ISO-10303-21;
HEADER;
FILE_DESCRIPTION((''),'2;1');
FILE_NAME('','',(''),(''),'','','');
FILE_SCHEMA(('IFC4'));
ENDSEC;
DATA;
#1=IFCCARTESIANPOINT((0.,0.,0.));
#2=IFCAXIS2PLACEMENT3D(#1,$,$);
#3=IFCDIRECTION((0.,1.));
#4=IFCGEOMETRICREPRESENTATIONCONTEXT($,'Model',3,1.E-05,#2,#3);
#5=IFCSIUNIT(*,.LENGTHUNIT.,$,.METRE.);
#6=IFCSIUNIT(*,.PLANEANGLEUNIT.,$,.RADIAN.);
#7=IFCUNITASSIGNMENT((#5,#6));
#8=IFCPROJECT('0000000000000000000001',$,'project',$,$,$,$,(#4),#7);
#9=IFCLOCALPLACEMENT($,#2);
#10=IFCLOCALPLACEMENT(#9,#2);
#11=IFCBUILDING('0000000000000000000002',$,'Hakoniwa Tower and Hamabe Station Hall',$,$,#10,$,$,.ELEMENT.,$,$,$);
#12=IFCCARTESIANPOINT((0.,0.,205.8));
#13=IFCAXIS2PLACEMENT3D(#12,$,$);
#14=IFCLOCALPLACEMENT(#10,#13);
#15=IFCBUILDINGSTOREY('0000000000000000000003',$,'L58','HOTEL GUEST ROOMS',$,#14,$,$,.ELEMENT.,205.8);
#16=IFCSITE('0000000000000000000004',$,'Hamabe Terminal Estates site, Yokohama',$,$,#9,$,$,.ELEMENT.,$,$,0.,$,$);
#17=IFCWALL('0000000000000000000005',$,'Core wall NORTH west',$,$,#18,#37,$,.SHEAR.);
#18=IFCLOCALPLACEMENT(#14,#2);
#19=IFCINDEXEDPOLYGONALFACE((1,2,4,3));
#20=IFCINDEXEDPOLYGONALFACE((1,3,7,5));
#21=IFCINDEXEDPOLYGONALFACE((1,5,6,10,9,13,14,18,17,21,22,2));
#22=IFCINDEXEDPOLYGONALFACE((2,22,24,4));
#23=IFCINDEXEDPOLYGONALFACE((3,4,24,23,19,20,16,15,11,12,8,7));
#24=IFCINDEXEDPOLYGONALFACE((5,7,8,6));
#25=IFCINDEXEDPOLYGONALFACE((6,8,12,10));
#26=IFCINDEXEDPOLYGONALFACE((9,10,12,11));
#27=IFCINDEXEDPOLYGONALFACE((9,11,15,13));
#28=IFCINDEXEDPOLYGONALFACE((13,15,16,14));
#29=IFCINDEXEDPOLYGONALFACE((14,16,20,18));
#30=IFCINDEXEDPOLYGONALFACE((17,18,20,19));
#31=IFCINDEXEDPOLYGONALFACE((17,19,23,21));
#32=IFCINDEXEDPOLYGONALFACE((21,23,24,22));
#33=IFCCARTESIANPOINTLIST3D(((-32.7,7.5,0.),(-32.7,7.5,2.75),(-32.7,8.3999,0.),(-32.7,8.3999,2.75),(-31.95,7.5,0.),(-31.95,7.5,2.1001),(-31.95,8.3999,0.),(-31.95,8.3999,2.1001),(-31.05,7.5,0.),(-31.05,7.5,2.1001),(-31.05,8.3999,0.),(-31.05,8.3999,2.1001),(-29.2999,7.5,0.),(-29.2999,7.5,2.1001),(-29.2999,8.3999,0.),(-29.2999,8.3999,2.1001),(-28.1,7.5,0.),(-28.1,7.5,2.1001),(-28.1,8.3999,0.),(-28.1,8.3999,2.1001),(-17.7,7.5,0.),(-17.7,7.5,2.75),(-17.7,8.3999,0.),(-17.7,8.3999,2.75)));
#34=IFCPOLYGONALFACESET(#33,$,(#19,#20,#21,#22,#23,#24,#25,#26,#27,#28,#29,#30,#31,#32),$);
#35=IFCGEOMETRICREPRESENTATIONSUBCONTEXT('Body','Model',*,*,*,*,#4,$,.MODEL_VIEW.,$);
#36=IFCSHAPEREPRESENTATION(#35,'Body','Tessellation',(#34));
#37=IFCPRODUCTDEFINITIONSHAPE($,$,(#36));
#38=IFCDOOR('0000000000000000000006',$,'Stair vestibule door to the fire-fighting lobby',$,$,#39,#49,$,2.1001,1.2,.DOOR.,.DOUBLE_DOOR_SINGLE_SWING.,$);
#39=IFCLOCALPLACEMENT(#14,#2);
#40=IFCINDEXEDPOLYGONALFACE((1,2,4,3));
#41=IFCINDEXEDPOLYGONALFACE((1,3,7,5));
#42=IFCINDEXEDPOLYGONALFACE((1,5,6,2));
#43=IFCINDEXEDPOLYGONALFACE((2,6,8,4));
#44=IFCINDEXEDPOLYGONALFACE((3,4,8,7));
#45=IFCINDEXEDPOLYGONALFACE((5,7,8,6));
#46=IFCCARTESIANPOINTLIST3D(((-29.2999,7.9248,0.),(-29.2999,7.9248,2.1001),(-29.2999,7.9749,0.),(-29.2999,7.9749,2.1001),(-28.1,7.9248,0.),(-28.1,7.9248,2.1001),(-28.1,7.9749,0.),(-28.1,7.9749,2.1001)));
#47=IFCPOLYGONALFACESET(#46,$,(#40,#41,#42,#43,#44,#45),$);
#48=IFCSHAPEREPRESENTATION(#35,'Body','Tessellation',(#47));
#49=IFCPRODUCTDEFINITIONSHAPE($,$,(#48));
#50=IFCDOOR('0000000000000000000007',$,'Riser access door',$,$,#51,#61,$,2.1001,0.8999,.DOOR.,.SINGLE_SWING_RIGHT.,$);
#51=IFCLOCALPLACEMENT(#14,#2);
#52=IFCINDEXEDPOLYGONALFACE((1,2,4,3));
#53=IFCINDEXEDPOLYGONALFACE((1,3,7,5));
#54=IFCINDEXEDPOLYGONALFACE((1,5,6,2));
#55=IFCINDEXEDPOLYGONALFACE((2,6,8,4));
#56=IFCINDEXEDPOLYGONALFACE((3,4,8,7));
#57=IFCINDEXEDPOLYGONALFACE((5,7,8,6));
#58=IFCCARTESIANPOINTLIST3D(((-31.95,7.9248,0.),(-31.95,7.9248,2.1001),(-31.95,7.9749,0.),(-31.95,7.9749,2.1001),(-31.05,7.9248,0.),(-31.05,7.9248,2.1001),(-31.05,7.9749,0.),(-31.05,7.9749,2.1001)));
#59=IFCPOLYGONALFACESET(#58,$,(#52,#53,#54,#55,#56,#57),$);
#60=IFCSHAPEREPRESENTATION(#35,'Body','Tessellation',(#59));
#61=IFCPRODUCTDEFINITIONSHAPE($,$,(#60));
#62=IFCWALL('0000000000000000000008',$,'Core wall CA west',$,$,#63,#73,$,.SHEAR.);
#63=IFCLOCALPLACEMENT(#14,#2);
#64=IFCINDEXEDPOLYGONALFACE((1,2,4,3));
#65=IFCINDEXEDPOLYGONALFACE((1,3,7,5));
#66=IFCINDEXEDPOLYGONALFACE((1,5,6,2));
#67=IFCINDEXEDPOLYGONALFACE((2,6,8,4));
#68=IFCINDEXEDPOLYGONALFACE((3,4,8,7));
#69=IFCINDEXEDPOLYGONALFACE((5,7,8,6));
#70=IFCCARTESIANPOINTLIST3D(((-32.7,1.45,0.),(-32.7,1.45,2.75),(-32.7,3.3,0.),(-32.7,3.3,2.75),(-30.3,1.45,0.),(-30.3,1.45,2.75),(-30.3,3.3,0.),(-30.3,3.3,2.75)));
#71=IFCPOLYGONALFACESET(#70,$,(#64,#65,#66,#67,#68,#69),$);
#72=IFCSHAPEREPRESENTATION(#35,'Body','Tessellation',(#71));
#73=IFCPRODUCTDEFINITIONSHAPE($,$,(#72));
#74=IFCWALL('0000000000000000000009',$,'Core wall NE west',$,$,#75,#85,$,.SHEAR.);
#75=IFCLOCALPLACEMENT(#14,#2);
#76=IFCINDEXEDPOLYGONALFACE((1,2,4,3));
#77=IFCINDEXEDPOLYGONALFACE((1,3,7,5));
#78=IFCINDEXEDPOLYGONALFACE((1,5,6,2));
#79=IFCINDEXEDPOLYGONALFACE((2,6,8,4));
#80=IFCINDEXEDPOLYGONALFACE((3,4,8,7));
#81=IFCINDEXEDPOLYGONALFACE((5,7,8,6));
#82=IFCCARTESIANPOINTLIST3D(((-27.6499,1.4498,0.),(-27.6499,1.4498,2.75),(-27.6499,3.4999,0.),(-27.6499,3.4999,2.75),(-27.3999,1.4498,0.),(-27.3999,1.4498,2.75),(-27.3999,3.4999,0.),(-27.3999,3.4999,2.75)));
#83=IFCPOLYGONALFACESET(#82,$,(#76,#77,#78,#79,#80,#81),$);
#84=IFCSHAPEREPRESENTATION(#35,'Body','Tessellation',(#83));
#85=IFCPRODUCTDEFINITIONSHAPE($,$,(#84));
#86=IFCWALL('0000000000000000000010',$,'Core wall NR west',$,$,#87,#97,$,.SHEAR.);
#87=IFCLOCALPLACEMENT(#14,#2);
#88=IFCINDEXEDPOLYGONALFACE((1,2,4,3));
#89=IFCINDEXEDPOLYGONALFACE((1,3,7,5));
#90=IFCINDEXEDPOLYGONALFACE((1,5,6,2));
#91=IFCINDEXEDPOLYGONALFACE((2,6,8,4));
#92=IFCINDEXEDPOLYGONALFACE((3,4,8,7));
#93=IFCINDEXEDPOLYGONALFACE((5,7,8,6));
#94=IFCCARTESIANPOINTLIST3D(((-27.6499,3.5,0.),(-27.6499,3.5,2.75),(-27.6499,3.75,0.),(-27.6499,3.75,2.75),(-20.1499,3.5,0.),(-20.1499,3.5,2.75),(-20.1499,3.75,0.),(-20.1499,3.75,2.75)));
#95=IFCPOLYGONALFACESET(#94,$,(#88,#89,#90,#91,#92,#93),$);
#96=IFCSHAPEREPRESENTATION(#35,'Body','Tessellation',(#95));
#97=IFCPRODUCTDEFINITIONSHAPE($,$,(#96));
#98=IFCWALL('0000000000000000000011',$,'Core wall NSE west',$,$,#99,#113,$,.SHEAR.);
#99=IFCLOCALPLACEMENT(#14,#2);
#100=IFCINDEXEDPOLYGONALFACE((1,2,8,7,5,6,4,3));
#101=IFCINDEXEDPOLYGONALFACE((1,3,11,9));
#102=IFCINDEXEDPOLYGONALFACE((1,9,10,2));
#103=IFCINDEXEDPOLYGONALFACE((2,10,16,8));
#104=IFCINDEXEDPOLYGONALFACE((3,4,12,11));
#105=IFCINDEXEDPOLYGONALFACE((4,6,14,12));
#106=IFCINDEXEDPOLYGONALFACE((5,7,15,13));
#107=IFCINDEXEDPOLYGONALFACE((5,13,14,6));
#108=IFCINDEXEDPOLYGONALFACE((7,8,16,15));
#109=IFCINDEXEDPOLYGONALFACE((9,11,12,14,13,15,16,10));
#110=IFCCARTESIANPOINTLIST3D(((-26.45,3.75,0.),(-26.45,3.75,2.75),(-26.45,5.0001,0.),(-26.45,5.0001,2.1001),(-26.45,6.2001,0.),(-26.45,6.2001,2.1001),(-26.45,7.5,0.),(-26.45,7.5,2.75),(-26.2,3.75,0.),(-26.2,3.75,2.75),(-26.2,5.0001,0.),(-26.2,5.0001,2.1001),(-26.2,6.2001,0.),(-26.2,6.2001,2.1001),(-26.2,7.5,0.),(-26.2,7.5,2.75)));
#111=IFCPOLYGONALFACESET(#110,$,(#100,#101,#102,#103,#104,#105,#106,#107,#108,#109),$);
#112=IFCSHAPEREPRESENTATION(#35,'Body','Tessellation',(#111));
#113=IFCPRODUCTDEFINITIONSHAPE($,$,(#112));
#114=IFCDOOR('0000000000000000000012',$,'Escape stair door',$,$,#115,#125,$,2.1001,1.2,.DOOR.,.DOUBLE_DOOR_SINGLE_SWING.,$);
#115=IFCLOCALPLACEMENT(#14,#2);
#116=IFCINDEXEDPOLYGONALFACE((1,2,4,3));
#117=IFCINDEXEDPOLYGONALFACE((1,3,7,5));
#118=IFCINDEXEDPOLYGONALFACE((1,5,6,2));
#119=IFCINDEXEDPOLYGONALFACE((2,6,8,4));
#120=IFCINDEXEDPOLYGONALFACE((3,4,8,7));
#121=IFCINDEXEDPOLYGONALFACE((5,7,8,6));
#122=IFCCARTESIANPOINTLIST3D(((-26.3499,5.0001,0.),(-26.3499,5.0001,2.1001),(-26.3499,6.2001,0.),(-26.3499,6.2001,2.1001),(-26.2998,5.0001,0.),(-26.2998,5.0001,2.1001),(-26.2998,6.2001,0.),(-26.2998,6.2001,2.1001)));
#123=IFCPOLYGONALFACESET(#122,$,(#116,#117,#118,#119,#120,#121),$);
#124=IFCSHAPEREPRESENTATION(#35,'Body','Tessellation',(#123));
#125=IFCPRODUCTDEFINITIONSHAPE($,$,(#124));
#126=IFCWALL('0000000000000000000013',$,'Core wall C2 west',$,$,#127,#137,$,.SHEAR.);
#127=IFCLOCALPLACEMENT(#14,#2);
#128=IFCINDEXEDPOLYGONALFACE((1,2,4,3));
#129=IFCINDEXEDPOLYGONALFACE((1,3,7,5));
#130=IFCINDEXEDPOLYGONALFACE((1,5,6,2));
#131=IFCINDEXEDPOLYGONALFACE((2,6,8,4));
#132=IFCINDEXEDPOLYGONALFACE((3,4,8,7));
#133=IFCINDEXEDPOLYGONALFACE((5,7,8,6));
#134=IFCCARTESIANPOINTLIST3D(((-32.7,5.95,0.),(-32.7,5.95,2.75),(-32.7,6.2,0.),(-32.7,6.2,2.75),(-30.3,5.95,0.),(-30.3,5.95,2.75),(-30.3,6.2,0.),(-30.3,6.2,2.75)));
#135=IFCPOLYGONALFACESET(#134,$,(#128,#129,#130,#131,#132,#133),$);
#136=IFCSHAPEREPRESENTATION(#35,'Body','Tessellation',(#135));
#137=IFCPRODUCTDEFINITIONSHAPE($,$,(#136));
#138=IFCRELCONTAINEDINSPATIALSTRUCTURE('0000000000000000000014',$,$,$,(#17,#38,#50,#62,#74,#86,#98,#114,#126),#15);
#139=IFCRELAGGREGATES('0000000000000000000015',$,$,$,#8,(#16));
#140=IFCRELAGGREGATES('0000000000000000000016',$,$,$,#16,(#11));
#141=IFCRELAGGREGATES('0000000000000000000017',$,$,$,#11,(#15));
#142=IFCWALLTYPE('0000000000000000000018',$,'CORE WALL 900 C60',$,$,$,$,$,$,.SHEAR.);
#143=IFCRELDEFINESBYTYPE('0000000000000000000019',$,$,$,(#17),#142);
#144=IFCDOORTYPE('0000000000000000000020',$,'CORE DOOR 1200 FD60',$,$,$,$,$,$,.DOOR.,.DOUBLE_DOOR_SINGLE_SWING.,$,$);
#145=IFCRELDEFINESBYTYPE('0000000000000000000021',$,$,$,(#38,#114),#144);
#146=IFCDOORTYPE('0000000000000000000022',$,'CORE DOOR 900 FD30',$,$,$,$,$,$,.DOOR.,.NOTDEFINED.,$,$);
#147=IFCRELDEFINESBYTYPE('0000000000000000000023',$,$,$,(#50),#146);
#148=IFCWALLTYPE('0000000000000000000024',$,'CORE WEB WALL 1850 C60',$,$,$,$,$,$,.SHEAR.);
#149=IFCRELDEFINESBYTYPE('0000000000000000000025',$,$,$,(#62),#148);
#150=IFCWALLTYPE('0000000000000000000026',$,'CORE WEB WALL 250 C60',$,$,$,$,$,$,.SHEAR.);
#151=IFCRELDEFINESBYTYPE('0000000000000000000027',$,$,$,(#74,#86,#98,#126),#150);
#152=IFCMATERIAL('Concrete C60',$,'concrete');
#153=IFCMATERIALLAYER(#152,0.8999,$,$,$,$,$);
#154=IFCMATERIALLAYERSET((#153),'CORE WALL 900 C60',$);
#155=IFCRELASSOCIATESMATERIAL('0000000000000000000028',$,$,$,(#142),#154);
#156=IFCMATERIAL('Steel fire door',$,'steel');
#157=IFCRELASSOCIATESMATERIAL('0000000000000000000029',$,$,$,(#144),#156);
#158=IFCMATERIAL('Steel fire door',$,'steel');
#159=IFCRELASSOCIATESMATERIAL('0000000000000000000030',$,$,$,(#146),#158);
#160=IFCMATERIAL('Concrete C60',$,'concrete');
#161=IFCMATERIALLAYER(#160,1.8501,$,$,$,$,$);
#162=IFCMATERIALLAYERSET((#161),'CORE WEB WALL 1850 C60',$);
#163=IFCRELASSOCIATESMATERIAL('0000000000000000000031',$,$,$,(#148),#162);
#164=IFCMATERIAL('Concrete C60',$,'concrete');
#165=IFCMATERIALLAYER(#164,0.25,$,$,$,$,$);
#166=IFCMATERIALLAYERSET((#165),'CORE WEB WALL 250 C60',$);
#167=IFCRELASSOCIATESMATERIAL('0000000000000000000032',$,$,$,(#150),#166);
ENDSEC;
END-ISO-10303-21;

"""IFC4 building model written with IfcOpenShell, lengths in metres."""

from ifc_helpers import new_model, si_unit, direction, frame, frame_2d, origin, place, context, subcontext, project, spatial, rectangle, extrude, material, layer, layer_set, type_object, element, fill, save


model = new_model("IFC4")

# Units and contexts
model_context = context("Model", 3, precision=1e-05, world=origin(), true_north=direction((0.0, 1.0)))
body_context = subcontext(model_context, "Body", "Model", "MODEL_VIEW")
ifc_project = project(units=[si_unit("LENGTHUNIT", "METRE"), si_unit("PLANEANGLEUNIT", "RADIAN")], contexts=[model_context])

# Site, building, storey
site_placement = place(None, origin())
site = spatial("IfcSite", under=ifc_project, at=site_placement, Name="Hamabe Terminal Estates site, Yokohama", CompositionType="ELEMENT", RefElevation=0.0)
building_placement = place(site_placement, origin())
building = spatial("IfcBuilding", under=site, at=building_placement, Name="Hakoniwa Tower and Hamabe Station Hall", CompositionType="ELEMENT")
storey_placement = place(building_placement, frame((0.0, 0.0, 205.8)))
storey = spatial("IfcBuildingStorey", under=building, at=storey_placement, Name="L58", Description="HOTEL GUEST ROOMS", CompositionType="ELEMENT", Elevation=205.8)

# Wall, openings, doors
ifc_material_1 = material(Name="Concrete C60", Category="concrete")
ifc_layer_1 = layer(ifc_material_1, 0.8999)
ifc_layer_set_1 = layer_set([ifc_layer_1], Name="CORE WALL 900 C60")
wall_type_1 = type_object("IfcWallType", Name="CORE WALL 900 C60", PredefinedType="SHEAR", material=ifc_layer_set_1)
wall_1_placement = place(storey_placement, frame((-32.7, 7.95, 0.0), z_axis=(0.0, 0.0, 1.0), x_axis=(1.0, 0.0, 0.0)))
wall_1 = element("IfcWall", 1, at=wall_1_placement, inside=storey, type_object=wall_type_1, Name="Core wall NORTH west", PredefinedType="SHEAR", context=body_context, shape_type="SweptSolid", body=[
    extrude(rectangle(XDim=15.0, YDim=0.8999, at=frame_2d((7.5, 0.0))), origin(), (0.0, 0.0, 1.0), 2.75),
])
opening_1_placement = place(wall_1_placement, frame((3.3999, 0.0, 0.0)))
opening_1 = element("IfcOpeningElement", 2, at=opening_1_placement, cuts=wall_1, PredefinedType="OPENING", context=body_context, shape_type="SweptSolid", body=[
    extrude(rectangle(XDim=1.2, YDim=2.1001, at=frame_2d((0.6001, 1.05))), frame((0.0, 0.46, 0.0), z_axis=(0.0, -1.0, 0.0), x_axis=(1.0, 0.0, 0.0)), (0.0, 0.0, 1.0), 0.9199),
])
opening_2_placement = place(wall_1_placement, frame((0.75, 0.0, 0.0)))
opening_2 = element("IfcOpeningElement", 3, at=opening_2_placement, cuts=wall_1, PredefinedType="OPENING", context=body_context, shape_type="SweptSolid", body=[
    extrude(rectangle(XDim=0.8999, YDim=2.1001, at=frame_2d((0.45, 1.05))), frame((0.0, 0.46, 0.0), z_axis=(0.0, -1.0, 0.0), x_axis=(1.0, 0.0, 0.0)), (0.0, 0.0, 1.0), 0.9199),
])
ifc_material_2 = material(Name="Steel fire door", Category="steel")
door_type_1 = type_object("IfcDoorType", Name="CORE DOOR 1200 FD60", OperationType="DOUBLE_DOOR_SINGLE_SWING", PredefinedType="DOOR", material=ifc_material_2)
door_1_placement = place(opening_1_placement, origin())
door_1 = element("IfcDoor", 4, at=door_1_placement, inside=storey, type_object=door_type_1, Name="Stair vestibule door to the fire-fighting lobby", OperationType="DOUBLE_DOOR_SINGLE_SWING", OverallHeight=2.1001, OverallWidth=1.2, PredefinedType="DOOR", context=body_context, shape_type="SweptSolid", body=[
    extrude(rectangle(XDim=1.2, YDim=2.1001, at=frame_2d((0.6001, 1.05))), frame((0.0, 0.0249, 0.0), z_axis=(0.0, -1.0, 0.0), x_axis=(1.0, 0.0, 0.0)), (0.0, 0.0, 1.0), 0.05),
])
fill(opening_1, door_1)
ifc_material_3 = material(Name="Steel fire door", Category="steel")
door_type_2 = type_object("IfcDoorType", Name="CORE DOOR 900 FD30", OperationType="NOTDEFINED", PredefinedType="DOOR", material=ifc_material_3)
door_2_placement = place(opening_2_placement, origin())
door_2 = element("IfcDoor", 5, at=door_2_placement, inside=storey, type_object=door_type_2, Name="Riser access door", OperationType="SINGLE_SWING_RIGHT", OverallHeight=2.1001, OverallWidth=0.8999, PredefinedType="DOOR", context=body_context, shape_type="SweptSolid", body=[
    extrude(rectangle(XDim=0.8999, YDim=2.1001, at=frame_2d((0.45, 1.05))), frame((0.0, 0.0249, 0.0), z_axis=(0.0, -1.0, 0.0), x_axis=(1.0, 0.0, 0.0)), (0.0, 0.0, 1.0), 0.05),
])
fill(opening_2, door_2)

# Walls
ifc_material_4 = material(Name="Concrete C60", Category="concrete")
ifc_layer_2 = layer(ifc_material_4, 1.8501)
ifc_layer_set_2 = layer_set([ifc_layer_2], Name="CORE WEB WALL 1850 C60")
wall_type_2 = type_object("IfcWallType", Name="CORE WEB WALL 1850 C60", PredefinedType="SHEAR", material=ifc_layer_set_2)
wall_2_placement = place(storey_placement, frame((-32.7, 2.375, 0.0), z_axis=(0.0, 0.0, 1.0), x_axis=(1.0, 0.0, 0.0)))
element("IfcWall", 6, at=wall_2_placement, inside=storey, type_object=wall_type_2, Name="Core wall CA west", PredefinedType="SHEAR", context=body_context, shape_type="SweptSolid", body=[
    extrude(rectangle(XDim=2.3999, YDim=1.8501, at=frame_2d((1.2, 0.0))), origin(), (0.0, 0.0, 1.0), 2.75),
])
ifc_material_5 = material(Name="Concrete C60", Category="concrete")
ifc_layer_3 = layer(ifc_material_5, 0.25)
ifc_layer_set_3 = layer_set([ifc_layer_3], Name="CORE WEB WALL 250 C60")
wall_type_3 = type_object("IfcWallType", Name="CORE WEB WALL 250 C60", PredefinedType="SHEAR", material=ifc_layer_set_3)
wall_3_placement = place(storey_placement, frame((-27.5249, 1.45, 0.0), z_axis=(0.0, 0.0, 1.0), x_axis=(0.0, 1.0, 0.0)))
element("IfcWall", 7, at=wall_3_placement, inside=storey, type_object=wall_type_3, Name="Core wall NE west", PredefinedType="SHEAR", context=body_context, shape_type="SweptSolid", body=[
    extrude(rectangle(XDim=2.05, YDim=0.25, at=frame_2d((1.0249, 0.0))), origin(), (0.0, 0.0, 1.0), 2.75),
])
wall_4_placement = place(storey_placement, frame((-27.6499, 3.625, 0.0), z_axis=(0.0, 0.0, 1.0), x_axis=(1.0, 0.0, 0.0)))
element("IfcWall", 8, at=wall_4_placement, inside=storey, type_object=wall_type_3, Name="Core wall NR west", PredefinedType="SHEAR", context=body_context, shape_type="SweptSolid", body=[
    extrude(rectangle(XDim=7.5, YDim=0.25, at=frame_2d((3.75, 0.0))), origin(), (0.0, 0.0, 1.0), 2.75),
])

# Wall, opening, door
wall_5_placement = place(storey_placement, frame((-26.325, 3.75, 0.0), z_axis=(0.0, 0.0, 1.0), x_axis=(0.0, 1.0, 0.0)))
wall_5 = element("IfcWall", 9, at=wall_5_placement, inside=storey, type_object=wall_type_3, Name="Core wall NSE west", PredefinedType="SHEAR", context=body_context, shape_type="SweptSolid", body=[
    extrude(rectangle(XDim=3.75, YDim=0.25, at=frame_2d((1.875, 0.0))), origin(), (0.0, 0.0, 1.0), 2.75),
])
opening_3_placement = place(wall_5_placement, frame((1.25, 0.0, 0.0)))
opening_3 = element("IfcOpeningElement", 10, at=opening_3_placement, cuts=wall_5, PredefinedType="OPENING", context=body_context, shape_type="SweptSolid", body=[
    extrude(rectangle(XDim=1.2, YDim=2.1001, at=frame_2d((0.6001, 1.05))), frame((0.0, 0.135, 0.0), z_axis=(0.0, -1.0, 0.0), x_axis=(1.0, 0.0, 0.0)), (0.0, 0.0, 1.0), 0.27),
])
door_3_placement = place(opening_3_placement, origin())
door_3 = element("IfcDoor", 11, at=door_3_placement, inside=storey, type_object=door_type_1, Name="Escape stair door", OperationType="DOUBLE_DOOR_SINGLE_SWING", OverallHeight=2.1001, OverallWidth=1.2, PredefinedType="DOOR", context=body_context, shape_type="SweptSolid", body=[
    extrude(rectangle(XDim=1.2, YDim=2.1001, at=frame_2d((0.6001, 1.05))), frame((0.0, 0.0249, 0.0), z_axis=(0.0, -1.0, 0.0), x_axis=(1.0, 0.0, 0.0)), (0.0, 0.0, 1.0), 0.05),
])
fill(opening_3, door_3)

# Wall
wall_6_placement = place(storey_placement, frame((-32.7, 6.075, 0.0), z_axis=(0.0, 0.0, 1.0), x_axis=(1.0, 0.0, 0.0)))
element("IfcWall", 12, at=wall_6_placement, inside=storey, type_object=wall_type_3, Name="Core wall C2 west", PredefinedType="SHEAR", context=body_context, shape_type="SweptSolid", body=[
    extrude(rectangle(XDim=2.3999, YDim=0.25, at=frame_2d((1.2, 0.0))), origin(), (0.0, 0.0, 1.0), 2.75),
])

save(model, "model.ifc")
